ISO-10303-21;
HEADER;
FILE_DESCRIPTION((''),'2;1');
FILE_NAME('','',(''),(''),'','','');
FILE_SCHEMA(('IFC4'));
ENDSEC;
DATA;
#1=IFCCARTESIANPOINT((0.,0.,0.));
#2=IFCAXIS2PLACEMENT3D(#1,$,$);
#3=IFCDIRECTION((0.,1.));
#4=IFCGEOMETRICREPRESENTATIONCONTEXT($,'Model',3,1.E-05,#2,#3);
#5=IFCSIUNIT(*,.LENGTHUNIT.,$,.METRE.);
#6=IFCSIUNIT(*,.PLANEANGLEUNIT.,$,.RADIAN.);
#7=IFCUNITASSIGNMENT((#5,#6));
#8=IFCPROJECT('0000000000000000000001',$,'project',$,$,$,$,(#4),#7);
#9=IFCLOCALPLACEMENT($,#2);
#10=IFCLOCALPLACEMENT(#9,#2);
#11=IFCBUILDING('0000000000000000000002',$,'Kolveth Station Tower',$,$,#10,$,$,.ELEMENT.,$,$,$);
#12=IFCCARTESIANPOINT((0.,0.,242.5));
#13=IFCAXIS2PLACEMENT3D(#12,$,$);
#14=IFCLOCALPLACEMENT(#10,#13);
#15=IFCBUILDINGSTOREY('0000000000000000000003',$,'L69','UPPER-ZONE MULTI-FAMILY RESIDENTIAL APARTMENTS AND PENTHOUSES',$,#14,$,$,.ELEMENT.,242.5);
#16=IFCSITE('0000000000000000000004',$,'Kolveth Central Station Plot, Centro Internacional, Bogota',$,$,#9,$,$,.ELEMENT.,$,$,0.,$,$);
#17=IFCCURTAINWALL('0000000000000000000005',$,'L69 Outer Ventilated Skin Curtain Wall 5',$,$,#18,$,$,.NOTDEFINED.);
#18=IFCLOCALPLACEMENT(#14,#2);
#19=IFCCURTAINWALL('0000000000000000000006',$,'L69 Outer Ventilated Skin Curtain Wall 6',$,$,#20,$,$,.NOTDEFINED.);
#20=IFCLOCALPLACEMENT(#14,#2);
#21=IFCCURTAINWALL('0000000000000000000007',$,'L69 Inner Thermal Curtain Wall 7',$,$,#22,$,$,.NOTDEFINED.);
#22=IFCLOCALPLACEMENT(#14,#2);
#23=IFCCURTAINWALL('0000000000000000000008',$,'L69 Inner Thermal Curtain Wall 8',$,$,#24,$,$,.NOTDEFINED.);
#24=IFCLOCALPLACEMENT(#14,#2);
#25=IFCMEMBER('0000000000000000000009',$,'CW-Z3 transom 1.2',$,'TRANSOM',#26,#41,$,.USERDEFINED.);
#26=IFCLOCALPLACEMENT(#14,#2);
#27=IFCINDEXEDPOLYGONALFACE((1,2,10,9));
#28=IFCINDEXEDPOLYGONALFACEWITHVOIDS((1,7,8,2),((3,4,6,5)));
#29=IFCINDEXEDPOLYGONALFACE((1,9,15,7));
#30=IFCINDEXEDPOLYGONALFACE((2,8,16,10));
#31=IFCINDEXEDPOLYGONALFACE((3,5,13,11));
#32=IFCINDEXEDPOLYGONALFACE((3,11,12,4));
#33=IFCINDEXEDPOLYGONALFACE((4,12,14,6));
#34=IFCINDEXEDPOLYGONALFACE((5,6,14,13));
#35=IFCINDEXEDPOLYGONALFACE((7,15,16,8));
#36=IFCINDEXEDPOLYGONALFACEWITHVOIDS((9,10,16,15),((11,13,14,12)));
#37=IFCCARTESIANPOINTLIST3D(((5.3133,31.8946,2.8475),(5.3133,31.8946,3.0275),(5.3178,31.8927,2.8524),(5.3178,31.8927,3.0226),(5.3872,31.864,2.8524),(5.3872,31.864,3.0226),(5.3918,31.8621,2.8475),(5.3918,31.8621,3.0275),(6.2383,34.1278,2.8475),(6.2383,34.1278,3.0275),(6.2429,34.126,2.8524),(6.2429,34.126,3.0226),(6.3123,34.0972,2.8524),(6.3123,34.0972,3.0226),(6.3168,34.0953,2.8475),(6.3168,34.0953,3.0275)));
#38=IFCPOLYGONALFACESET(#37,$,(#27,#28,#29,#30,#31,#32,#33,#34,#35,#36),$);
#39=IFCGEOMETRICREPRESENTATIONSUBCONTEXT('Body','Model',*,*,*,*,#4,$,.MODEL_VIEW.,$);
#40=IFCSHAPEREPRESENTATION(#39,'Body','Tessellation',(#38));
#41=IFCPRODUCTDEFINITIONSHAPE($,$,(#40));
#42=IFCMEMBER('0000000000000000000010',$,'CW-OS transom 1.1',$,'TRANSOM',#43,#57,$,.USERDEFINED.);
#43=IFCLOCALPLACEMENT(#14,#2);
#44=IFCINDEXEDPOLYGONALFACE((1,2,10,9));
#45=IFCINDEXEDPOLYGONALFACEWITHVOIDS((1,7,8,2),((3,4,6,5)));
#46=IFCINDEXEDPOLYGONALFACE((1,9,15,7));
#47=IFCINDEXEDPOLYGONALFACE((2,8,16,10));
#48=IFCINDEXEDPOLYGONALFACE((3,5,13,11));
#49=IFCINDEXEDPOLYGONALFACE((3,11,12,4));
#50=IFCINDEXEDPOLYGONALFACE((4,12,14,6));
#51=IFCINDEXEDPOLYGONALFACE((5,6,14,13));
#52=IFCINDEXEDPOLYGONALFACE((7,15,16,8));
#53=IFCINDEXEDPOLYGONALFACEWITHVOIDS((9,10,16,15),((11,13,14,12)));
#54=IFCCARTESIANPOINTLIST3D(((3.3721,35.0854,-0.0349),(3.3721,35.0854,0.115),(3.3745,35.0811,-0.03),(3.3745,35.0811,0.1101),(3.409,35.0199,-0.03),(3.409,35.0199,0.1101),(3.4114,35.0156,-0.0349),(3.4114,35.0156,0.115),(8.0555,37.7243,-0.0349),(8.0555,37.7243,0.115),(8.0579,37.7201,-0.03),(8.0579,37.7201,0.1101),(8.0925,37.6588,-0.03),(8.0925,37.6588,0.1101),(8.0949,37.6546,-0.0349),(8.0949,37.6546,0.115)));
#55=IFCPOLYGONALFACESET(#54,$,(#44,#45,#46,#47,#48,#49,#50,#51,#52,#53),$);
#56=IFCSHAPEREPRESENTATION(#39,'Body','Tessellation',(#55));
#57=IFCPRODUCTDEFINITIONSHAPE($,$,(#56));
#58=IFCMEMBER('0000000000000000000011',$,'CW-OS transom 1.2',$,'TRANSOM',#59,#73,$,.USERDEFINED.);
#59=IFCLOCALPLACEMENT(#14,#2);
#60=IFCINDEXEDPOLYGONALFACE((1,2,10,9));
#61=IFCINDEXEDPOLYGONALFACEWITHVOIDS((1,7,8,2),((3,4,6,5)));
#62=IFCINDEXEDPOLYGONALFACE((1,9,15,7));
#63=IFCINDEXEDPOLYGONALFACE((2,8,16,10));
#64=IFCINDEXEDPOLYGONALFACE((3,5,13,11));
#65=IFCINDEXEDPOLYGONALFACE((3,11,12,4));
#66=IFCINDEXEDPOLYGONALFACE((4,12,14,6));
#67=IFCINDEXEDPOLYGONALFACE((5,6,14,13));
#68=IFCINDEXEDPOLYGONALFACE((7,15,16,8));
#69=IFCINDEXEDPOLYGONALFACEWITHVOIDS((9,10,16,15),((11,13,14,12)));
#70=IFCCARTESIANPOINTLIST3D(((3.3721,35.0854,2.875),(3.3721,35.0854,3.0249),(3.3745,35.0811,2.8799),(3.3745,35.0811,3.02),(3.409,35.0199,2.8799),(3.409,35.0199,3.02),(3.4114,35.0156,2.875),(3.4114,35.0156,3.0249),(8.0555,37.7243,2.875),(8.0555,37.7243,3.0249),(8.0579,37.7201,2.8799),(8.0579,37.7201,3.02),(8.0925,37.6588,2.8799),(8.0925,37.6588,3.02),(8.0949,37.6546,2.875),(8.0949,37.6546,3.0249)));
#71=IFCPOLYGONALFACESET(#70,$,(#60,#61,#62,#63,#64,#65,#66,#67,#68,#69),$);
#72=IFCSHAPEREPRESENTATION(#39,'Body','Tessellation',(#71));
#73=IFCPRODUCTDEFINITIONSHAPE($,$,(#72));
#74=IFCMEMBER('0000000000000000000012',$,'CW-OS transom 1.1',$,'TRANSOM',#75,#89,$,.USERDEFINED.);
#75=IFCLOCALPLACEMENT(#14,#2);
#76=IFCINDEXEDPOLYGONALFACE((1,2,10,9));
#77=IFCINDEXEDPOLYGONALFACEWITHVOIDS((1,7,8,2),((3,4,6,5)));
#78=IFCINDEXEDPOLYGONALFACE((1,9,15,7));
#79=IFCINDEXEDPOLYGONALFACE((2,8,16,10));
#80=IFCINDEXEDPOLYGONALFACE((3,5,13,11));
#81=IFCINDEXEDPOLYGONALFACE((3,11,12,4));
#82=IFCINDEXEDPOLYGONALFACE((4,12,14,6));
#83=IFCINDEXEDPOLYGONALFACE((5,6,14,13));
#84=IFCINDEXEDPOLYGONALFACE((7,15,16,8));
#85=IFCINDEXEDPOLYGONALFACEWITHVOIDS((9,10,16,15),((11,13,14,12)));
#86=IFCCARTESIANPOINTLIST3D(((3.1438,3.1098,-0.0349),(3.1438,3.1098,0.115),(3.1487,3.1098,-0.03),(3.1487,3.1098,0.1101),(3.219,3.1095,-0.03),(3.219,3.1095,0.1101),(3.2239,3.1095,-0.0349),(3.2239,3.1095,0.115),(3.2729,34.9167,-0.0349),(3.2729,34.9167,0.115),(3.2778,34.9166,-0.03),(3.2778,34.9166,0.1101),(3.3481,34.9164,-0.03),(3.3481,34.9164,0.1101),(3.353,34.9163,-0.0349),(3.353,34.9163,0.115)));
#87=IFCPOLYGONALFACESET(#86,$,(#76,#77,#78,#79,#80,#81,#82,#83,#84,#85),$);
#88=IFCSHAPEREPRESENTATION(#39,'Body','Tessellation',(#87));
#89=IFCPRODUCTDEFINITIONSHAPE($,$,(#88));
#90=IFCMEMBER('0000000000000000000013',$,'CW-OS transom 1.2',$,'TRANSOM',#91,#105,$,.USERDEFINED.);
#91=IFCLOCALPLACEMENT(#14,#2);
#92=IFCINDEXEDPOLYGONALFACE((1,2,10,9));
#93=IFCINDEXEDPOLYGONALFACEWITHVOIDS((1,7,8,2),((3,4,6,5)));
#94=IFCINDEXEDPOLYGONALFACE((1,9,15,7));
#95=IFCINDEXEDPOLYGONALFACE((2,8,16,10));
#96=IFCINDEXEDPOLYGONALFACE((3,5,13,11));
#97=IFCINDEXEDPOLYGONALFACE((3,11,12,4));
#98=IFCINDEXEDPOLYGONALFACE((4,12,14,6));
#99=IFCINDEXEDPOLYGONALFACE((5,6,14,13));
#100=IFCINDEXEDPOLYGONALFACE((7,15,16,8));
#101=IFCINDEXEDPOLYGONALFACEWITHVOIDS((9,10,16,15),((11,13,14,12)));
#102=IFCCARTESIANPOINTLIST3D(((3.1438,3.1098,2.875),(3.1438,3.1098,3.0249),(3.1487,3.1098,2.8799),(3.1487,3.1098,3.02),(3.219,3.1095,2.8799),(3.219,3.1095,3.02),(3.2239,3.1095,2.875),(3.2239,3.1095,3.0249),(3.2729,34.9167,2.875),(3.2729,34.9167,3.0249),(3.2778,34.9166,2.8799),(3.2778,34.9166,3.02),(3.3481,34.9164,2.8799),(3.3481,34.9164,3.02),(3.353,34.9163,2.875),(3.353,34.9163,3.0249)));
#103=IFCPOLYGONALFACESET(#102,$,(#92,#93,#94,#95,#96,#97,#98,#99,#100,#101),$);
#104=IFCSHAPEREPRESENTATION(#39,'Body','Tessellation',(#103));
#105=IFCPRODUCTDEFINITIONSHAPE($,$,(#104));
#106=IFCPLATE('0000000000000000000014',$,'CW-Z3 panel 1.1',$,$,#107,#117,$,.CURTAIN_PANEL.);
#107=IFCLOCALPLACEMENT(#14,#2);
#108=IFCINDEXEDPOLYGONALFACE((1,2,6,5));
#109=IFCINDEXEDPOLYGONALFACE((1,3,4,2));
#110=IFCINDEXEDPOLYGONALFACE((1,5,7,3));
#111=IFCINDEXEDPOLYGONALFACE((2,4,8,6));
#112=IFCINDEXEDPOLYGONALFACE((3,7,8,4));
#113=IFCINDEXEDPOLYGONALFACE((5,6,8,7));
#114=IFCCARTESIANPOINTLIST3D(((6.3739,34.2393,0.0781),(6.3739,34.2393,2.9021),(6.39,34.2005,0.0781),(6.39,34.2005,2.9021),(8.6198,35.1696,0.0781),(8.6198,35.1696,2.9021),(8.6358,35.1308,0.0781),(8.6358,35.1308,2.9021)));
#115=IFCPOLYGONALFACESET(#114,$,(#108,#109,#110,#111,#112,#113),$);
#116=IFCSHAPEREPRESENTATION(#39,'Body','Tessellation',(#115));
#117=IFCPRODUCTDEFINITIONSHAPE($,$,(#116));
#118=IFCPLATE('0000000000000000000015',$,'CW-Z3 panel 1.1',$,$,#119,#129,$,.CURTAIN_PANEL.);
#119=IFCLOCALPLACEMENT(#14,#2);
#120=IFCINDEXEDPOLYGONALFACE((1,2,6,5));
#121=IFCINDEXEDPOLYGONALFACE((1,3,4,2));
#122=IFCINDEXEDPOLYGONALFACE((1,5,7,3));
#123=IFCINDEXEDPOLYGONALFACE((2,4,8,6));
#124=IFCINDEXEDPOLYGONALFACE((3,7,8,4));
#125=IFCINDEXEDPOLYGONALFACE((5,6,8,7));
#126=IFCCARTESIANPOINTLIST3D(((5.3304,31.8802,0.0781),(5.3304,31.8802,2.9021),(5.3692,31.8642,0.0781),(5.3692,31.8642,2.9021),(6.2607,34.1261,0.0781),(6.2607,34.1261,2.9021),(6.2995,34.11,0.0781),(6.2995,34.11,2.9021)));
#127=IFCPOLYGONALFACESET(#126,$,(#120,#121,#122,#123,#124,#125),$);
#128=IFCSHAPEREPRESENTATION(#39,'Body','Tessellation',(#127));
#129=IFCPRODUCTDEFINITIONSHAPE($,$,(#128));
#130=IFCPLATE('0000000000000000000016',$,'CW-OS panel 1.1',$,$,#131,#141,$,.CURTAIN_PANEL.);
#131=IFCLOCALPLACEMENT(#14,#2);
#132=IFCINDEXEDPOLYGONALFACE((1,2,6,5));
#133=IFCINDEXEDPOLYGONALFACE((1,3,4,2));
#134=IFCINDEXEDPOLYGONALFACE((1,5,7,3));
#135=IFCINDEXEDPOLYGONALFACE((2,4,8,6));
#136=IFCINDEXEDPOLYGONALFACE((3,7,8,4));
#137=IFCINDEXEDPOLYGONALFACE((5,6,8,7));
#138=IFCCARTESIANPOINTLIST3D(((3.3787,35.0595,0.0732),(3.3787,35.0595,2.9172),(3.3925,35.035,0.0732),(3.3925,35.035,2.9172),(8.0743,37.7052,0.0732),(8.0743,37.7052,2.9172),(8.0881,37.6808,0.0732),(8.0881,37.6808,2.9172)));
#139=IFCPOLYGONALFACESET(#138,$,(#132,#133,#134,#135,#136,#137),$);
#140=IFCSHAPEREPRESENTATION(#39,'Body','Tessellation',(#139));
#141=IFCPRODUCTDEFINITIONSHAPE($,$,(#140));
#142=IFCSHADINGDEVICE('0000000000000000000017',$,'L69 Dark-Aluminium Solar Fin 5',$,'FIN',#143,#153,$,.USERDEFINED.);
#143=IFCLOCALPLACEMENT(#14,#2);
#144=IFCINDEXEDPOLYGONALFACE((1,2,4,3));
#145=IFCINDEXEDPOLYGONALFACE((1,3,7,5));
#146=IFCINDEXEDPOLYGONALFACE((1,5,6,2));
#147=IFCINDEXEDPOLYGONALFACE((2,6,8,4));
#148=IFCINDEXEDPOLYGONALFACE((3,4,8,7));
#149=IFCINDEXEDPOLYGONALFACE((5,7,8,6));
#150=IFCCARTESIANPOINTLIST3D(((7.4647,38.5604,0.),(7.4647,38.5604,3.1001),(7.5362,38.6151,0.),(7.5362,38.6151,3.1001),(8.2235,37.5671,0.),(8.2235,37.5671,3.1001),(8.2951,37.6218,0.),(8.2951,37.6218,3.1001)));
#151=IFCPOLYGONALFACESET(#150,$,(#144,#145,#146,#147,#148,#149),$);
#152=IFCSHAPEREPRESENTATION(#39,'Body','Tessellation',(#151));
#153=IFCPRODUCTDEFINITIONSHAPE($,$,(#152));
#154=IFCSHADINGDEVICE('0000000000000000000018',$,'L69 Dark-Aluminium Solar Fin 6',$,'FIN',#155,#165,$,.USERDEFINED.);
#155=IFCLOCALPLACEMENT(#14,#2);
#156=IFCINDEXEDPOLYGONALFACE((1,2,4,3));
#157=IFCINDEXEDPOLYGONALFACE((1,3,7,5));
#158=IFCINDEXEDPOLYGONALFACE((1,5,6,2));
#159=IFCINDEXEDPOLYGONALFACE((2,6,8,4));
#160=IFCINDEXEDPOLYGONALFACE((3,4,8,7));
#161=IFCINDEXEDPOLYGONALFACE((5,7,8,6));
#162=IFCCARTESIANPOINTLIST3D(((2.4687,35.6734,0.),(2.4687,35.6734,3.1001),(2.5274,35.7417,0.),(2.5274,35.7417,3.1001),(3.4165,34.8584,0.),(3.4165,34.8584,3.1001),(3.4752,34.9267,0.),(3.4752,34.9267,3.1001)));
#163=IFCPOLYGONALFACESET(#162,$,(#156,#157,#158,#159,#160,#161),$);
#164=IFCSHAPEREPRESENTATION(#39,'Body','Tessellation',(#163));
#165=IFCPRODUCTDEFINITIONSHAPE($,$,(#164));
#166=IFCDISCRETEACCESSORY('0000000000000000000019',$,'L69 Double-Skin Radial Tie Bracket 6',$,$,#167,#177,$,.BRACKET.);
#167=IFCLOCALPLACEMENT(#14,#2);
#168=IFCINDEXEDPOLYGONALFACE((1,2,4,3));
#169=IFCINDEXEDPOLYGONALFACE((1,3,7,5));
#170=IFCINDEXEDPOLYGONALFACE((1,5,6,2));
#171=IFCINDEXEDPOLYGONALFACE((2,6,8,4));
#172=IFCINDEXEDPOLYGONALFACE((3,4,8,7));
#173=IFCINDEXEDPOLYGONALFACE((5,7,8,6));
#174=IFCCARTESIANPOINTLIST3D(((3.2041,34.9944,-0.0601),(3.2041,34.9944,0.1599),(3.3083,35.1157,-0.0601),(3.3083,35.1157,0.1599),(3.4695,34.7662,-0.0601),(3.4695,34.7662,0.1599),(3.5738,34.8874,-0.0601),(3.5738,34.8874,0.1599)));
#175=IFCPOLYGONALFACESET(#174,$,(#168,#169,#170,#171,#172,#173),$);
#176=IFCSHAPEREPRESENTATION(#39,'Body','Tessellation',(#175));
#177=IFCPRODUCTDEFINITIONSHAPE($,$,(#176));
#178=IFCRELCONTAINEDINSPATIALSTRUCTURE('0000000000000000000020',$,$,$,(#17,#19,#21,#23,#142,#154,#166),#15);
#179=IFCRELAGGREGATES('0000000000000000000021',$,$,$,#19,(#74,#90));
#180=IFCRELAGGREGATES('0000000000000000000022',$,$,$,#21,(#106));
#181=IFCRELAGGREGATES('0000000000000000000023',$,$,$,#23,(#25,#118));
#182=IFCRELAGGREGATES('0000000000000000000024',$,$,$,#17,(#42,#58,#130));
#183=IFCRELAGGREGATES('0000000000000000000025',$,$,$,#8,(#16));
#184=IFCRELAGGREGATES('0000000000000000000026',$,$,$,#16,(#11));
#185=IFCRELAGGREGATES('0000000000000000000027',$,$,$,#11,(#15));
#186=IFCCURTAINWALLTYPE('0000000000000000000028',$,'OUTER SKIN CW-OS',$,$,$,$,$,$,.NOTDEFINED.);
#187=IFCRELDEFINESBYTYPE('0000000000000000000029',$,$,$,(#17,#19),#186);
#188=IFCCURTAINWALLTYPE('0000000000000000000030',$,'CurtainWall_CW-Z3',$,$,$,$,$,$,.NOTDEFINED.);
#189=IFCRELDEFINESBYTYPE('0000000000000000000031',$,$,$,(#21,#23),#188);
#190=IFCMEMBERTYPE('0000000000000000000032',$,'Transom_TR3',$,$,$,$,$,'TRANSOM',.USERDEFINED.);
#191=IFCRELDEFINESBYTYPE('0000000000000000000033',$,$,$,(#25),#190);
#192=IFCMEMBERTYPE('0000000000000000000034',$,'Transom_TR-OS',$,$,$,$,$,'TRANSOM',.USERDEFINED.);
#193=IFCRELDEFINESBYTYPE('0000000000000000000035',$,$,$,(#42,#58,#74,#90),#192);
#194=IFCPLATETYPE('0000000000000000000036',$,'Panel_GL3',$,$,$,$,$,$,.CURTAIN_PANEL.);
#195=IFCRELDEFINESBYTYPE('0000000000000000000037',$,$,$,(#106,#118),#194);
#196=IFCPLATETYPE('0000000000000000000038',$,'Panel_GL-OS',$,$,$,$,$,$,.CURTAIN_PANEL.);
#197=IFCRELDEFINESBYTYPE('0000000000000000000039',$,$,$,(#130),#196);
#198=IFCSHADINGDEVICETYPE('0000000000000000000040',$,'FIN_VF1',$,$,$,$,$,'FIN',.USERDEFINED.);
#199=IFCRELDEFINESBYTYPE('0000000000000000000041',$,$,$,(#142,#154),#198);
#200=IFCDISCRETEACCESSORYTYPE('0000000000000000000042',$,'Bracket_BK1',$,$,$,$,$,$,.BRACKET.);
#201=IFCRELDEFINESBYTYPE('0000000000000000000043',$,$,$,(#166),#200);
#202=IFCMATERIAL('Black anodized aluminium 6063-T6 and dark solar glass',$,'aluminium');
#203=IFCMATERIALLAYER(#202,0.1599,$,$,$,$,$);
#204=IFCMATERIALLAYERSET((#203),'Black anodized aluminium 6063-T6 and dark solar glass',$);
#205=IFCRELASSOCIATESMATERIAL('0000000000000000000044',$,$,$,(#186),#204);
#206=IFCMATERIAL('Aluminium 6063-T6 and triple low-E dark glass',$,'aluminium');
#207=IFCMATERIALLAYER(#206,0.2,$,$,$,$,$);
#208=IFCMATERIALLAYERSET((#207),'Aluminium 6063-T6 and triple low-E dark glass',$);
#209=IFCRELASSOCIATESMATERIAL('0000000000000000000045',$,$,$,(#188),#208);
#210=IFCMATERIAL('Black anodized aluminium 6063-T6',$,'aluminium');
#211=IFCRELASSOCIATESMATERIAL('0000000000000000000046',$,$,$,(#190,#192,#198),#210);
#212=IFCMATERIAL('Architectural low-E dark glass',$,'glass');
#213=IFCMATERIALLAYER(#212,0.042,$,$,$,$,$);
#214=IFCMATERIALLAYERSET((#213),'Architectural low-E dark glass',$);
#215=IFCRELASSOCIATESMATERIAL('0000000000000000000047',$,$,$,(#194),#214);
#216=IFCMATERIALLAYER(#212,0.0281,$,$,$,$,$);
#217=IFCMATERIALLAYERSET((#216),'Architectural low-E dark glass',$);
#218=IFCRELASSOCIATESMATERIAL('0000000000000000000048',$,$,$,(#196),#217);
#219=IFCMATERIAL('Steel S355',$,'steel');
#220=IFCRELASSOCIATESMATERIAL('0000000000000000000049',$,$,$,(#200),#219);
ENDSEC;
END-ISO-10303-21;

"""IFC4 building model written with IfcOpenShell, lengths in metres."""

from ifc_helpers import new_model, si_unit, direction, frame, origin, origin_2d, place, context, subcontext, project, spatial, rectangle, hollow_rectangle, extrude, source, transform, mapped, material, layer, layer_set, material_profile, profile_set, type_object, element, aggregate, save


model = new_model("IFC4")

# Units and contexts
model_context = context("Model", 3, precision=1e-05, world=origin(), true_north=direction((0.0, 1.0)))
body_context = subcontext(model_context, "Body", "Model", "MODEL_VIEW")
ifc_project = project(units=[si_unit("LENGTHUNIT", "METRE"), si_unit("PLANEANGLEUNIT", "RADIAN")], contexts=[model_context])

# Site, building, storey
site_placement = place(None, origin())
site = spatial("IfcSite", under=ifc_project, at=site_placement, Name="Kolveth Central Station Plot, Centro Internacional, Bogota", CompositionType="ELEMENT", RefElevation=0.0)
building_placement = place(site_placement, origin())
building = spatial("IfcBuilding", under=site, at=building_placement, Name="Kolveth Station Tower", CompositionType="ELEMENT")
storey_placement = place(building_placement, frame((0.0, 0.0, 242.5)))
storey = spatial("IfcBuildingStorey", under=building, at=storey_placement, Name="L69", Description="UPPER-ZONE MULTI-FAMILY RESIDENTIAL APARTMENTS AND PENTHOUSES", CompositionType="ELEMENT", Elevation=242.5)

# Curtain wall
ifc_material_1 = material(Name="Black anodized aluminium 6063-T6 and dark solar glass", Category="aluminium")
ifc_layer_1 = layer(ifc_material_1, 0.1599)
ifc_layer_set_1 = layer_set([ifc_layer_1], Name="Black anodized aluminium 6063-T6 and dark solar glass")
curtain_wall_type_1 = type_object("IfcCurtainWallType", Name="OUTER SKIN CW-OS", PredefinedType="NOTDEFINED", material=ifc_layer_set_1)
curtain_wall_1_placement = place(storey_placement, origin())
curtain_wall_1 = element("IfcCurtainWall", 1, at=curtain_wall_1_placement, inside=storey, type_object=curtain_wall_type_1, Name="L69 Outer Ventilated Skin Curtain Wall 5", PredefinedType="NOTDEFINED")
ifc_material_2 = material(Name="Black anodized aluminium 6063-T6", Category="aluminium")

# Curtain walls
curtain_wall_2_placement = place(storey_placement, origin())
curtain_wall_2 = element("IfcCurtainWall", 2, at=curtain_wall_2_placement, inside=storey, type_object=curtain_wall_type_1, Name="L69 Outer Ventilated Skin Curtain Wall 6", PredefinedType="NOTDEFINED")
ifc_material_3 = material(Name="Aluminium 6063-T6 and triple low-E dark glass", Category="aluminium")
ifc_layer_2 = layer(ifc_material_3, 0.2)
ifc_layer_set_2 = layer_set([ifc_layer_2], Name="Aluminium 6063-T6 and triple low-E dark glass")
curtain_wall_type_2 = type_object("IfcCurtainWallType", Name="CurtainWall_CW-Z3", PredefinedType="NOTDEFINED", material=ifc_layer_set_2)
curtain_wall_3_placement = place(storey_placement, origin())
curtain_wall_3 = element("IfcCurtainWall", 3, at=curtain_wall_3_placement, inside=storey, type_object=curtain_wall_type_2, Name="L69 Inner Thermal Curtain Wall 7", PredefinedType="NOTDEFINED")

# Curtain wall
curtain_wall_4_placement = place(storey_placement, origin())
curtain_wall_4 = element("IfcCurtainWall", 4, at=curtain_wall_4_placement, inside=storey, type_object=curtain_wall_type_2, Name="L69 Inner Thermal Curtain Wall 8", PredefinedType="NOTDEFINED")
ifc_material_profile_1 = material_profile(ifc_material_2, hollow_rectangle(XDim=0.085, YDim=0.1799, WallThickness=0.0049, at=origin_2d()), Name="ALU-85x180x5")
ifc_profile_set_1 = profile_set([ifc_material_profile_1], Name="Black anodized aluminium 6063-T6")
member_type_1 = type_object("IfcMemberType", Name="Transom_TR3", ElementType="TRANSOM", PredefinedType="USERDEFINED", material=ifc_profile_set_1)

# Members
shared_shape_1 = source(origin(), body_context, "Body", "SweptSolid", [
    extrude(hollow_rectangle(XDim=0.085, YDim=0.1799, WallThickness=0.0049, at=origin_2d()), origin(), (0.0, 0.0, 1.0), 2.4172),
])
member_1_placement = place(storey_placement, frame((6.2776, 34.1116, 2.9375), z_axis=(-0.3827, -0.923873, 0.0), x_axis=(0.923873, -0.3827, 0.0)))
member_1 = element("IfcMember", 5, at=member_1_placement, type_object=member_type_1, Name="CW-Z3 transom 1.2", ObjectType="TRANSOM", PredefinedType="USERDEFINED", context=body_context, shape_type="MappedRepresentation", body=[
    mapped(shared_shape_1, transform((0.0, 0.0, 0.0), x_axis=(1.0, 0.0, 0.0), y_axis=(0.0, 1.0, 0.0), z_axis=(0.0, 0.0, 1.0), scale=1.0)),
])
ifc_material_profile_2 = material_profile(ifc_material_2, hollow_rectangle(XDim=0.0801, YDim=0.1499, WallThickness=0.0049, at=origin_2d()), Name="ALU-80x150x5")
ifc_profile_set_2 = profile_set([ifc_material_profile_2], Name="Black anodized aluminium 6063-T6")
member_type_2 = type_object("IfcMemberType", Name="Transom_TR-OS", ElementType="TRANSOM", PredefinedType="USERDEFINED", material=ifc_profile_set_2)
shared_shape_2 = source(origin(), body_context, "Body", "SweptSolid", [
    extrude(hollow_rectangle(XDim=0.0801, YDim=0.1499, WallThickness=0.0049, at=origin_2d()), origin(), (0.0, 0.0, 1.0), 5.3757),
])
member_2_placement = place(storey_placement, frame((8.0752, 37.6895, 0.04), z_axis=(-0.871215, -0.490902, 0.0), x_axis=(0.490902, -0.871215, 0.0)))
member_2 = element("IfcMember", 6, at=member_2_placement, type_object=member_type_2, Name="CW-OS transom 1.1", ObjectType="TRANSOM", PredefinedType="USERDEFINED", context=body_context, shape_type="MappedRepresentation", body=[
    mapped(shared_shape_2, transform((0.0, 0.0, 0.0), x_axis=(1.0, 0.0, 0.0), y_axis=(0.0, 1.0, 0.0), z_axis=(0.0, 0.0, 1.0), scale=1.0)),
])
member_3_placement = place(storey_placement, frame((8.0752, 37.6895, 2.95), z_axis=(-0.871215, -0.490902, 0.0), x_axis=(0.490902, -0.871215, 0.0)))
member_3 = element("IfcMember", 7, at=member_3_placement, type_object=member_type_2, Name="CW-OS transom 1.2", ObjectType="TRANSOM", PredefinedType="USERDEFINED", context=body_context, shape_type="MappedRepresentation", body=[
    mapped(shared_shape_2, transform((0.0, 0.0, 0.0), x_axis=(1.0, 0.0, 0.0), y_axis=(0.0, 1.0, 0.0), z_axis=(0.0, 0.0, 1.0), scale=1.0)),
])
shared_shape_3 = source(origin(), body_context, "Body", "SweptSolid", [
    extrude(hollow_rectangle(XDim=0.0801, YDim=0.1499, WallThickness=0.0049, at=origin_2d()), origin(), (0.0, 0.0, 1.0), 31.8071),
])
member_4_placement = place(storey_placement, frame((3.313, 34.9165, 0.04), z_axis=(-0.00406, -0.999992, 0.0), x_axis=(0.999992, -0.00406, 0.0)))
member_4 = element("IfcMember", 8, at=member_4_placement, type_object=member_type_2, Name="CW-OS transom 1.1", ObjectType="TRANSOM", PredefinedType="USERDEFINED", context=body_context, shape_type="MappedRepresentation", body=[
    mapped(shared_shape_3, transform((0.0, 0.0, 0.0), x_axis=(1.0, 0.0, 0.0), y_axis=(0.0, 1.0, 0.0), z_axis=(0.0, 0.0, 1.0), scale=1.0)),
])
member_5_placement = place(storey_placement, frame((3.313, 34.9165, 2.95), z_axis=(-0.00406, -0.999992, 0.0), x_axis=(0.999992, -0.00406, 0.0)))
member_5 = element("IfcMember", 9, at=member_5_placement, type_object=member_type_2, Name="CW-OS transom 1.2", ObjectType="TRANSOM", PredefinedType="USERDEFINED", context=body_context, shape_type="MappedRepresentation", body=[
    mapped(shared_shape_3, transform((0.0, 0.0, 0.0), x_axis=(1.0, 0.0, 0.0), y_axis=(0.0, 1.0, 0.0), z_axis=(0.0, 0.0, 1.0), scale=1.0)),
])
aggregate(curtain_wall_2, [member_4, member_5])

# Plates
ifc_material_4 = material(Name="Architectural low-E dark glass", Category="glass")
ifc_layer_3 = layer(ifc_material_4, 0.042)
ifc_layer_set_3 = layer_set([ifc_layer_3], Name="Architectural low-E dark glass")
plate_type_1 = type_object("IfcPlateType", Name="Panel_GL3", PredefinedType="CURTAIN_PANEL", material=ifc_layer_set_3)
shared_shape_4 = source(origin(), body_context, "Body", "SweptSolid", [
    extrude(rectangle(XDim=2.4309, YDim=0.042, at=origin_2d()), origin(), (0.0, 0.0, 1.0), 2.824),
])
plate_1_placement = place(storey_placement, frame((7.5049, 34.6851, 0.0781), z_axis=(0.0, 0.0, 1.0), x_axis=(-0.923875, -0.382693, 0.0)))
plate_1 = element("IfcPlate", 10, at=plate_1_placement, type_object=plate_type_1, Name="CW-Z3 panel 1.1", PredefinedType="CURTAIN_PANEL", context=body_context, shape_type="MappedRepresentation", body=[
    mapped(shared_shape_4, transform((0.0, 0.0, 0.0), x_axis=(1.0, 0.0, 0.0), y_axis=(0.0, 1.0, 0.0), z_axis=(0.0, 0.0, 1.0), scale=1.0)),
])
aggregate(curtain_wall_3, [plate_1])
plate_2_placement = place(storey_placement, frame((5.8149, 32.9951, 0.0781), z_axis=(0.0, 0.0, 1.0), x_axis=(-0.382693, -0.923875, 0.0)))
plate_2 = element("IfcPlate", 11, at=plate_2_placement, type_object=plate_type_1, Name="CW-Z3 panel 1.1", PredefinedType="CURTAIN_PANEL", context=body_context, shape_type="MappedRepresentation", body=[
    mapped(shared_shape_4, transform((0.0, 0.0, 0.0), x_axis=(1.0, 0.0, 0.0), y_axis=(0.0, 1.0, 0.0), z_axis=(0.0, 0.0, 1.0), scale=1.0)),
])
aggregate(curtain_wall_4, [member_1, plate_2])
ifc_layer_4 = layer(ifc_material_4, 0.0281)
ifc_layer_set_4 = layer_set([ifc_layer_4], Name="Architectural low-E dark glass")
plate_type_2 = type_object("IfcPlateType", Name="Panel_GL-OS", PredefinedType="CURTAIN_PANEL", material=ifc_layer_set_4)
shared_shape_5 = source(origin(), body_context, "Body", "SweptSolid", [
    extrude(rectangle(XDim=5.3896, YDim=0.0281, at=origin_2d()), origin(), (0.0, 0.0, 1.0), 2.844),
])
plate_3_placement = place(storey_placement, frame((5.7334, 36.3701, 0.0732), z_axis=(0.0, 0.0, 1.0), x_axis=(-0.871218, -0.490896, 0.0)))
plate_3 = element("IfcPlate", 12, at=plate_3_placement, type_object=plate_type_2, Name="CW-OS panel 1.1", PredefinedType="CURTAIN_PANEL", context=body_context, shape_type="MappedRepresentation", body=[
    mapped(shared_shape_5, transform((0.0, 0.0, 0.0), x_axis=(1.0, 0.0, 0.0), y_axis=(0.0, 1.0, 0.0), z_axis=(0.0, 0.0, 1.0), scale=1.0)),
])
aggregate(curtain_wall_1, [member_2, member_3, plate_3])

# Shading devices
shading_device_type = type_object("IfcShadingDeviceType", Name="FIN_VF1", ElementType="FIN", PredefinedType="USERDEFINED", material=ifc_material_2)
shared_shape_6 = source(origin(), body_context, "Body", "SweptSolid", [
    extrude(rectangle(XDim=1.25, YDim=0.0901, at=origin_2d()), origin(), (0.0, 0.0, 1.0), 3.1001),
])
for number, where, z_axis, x_axis, name in (
    (13, (7.8799, 38.0911, 0.0), (0.0, 0.0, 1.0), (-0.607098, 0.794627, 0.0), "L69 Dark-Aluminium Solar Fin 5"),
    (14, (2.9719, 35.3, 0.0), (0.0, 0.0, 1.0), (-0.758248, 0.651966, 0.0), "L69 Dark-Aluminium Solar Fin 6"),
):
    element("IfcShadingDevice", number, at=place(storey_placement, frame(where, z_axis=z_axis, x_axis=x_axis)), inside=storey, type_object=shading_device_type, Name=name, ObjectType="FIN", PredefinedType="USERDEFINED", context=body_context, shape_type="MappedRepresentation", body=[
        mapped(shared_shape_6, transform((0.0, 0.0, 0.0), x_axis=(1.0, 0.0, 0.0), y_axis=(0.0, 1.0, 0.0), z_axis=(0.0, 0.0, 1.0), scale=1.0)),
    ])

# Discrete accessory
ifc_material_5 = material(Name="Steel S355", Category="steel")
discrete_accessory_type = type_object("IfcDiscreteAccessoryType", Name="Bracket_BK1", PredefinedType="BRACKET", material=ifc_material_5)
shared_shape_7 = source(origin(), body_context, "Body", "SweptSolid", [
    extrude(rectangle(XDim=0.3501, YDim=0.1599, at=origin_2d()), origin(), (0.0, 0.0, 1.0), 0.22),
])
discrete_accessory_placement = place(storey_placement, frame((3.3889, 34.9409, -0.0601), z_axis=(0.0, 0.0, 1.0), x_axis=(-0.758248, 0.651966, 0.0)))
element("IfcDiscreteAccessory", 15, at=discrete_accessory_placement, inside=storey, type_object=discrete_accessory_type, Name="L69 Double-Skin Radial Tie Bracket 6", PredefinedType="BRACKET", context=body_context, shape_type="MappedRepresentation", body=[
    mapped(shared_shape_7, transform((0.0, 0.0, 0.0), x_axis=(1.0, 0.0, 0.0), y_axis=(0.0, 1.0, 0.0), z_axis=(0.0, 0.0, 1.0), scale=1.0)),
])

save(model, "model.ifc")
